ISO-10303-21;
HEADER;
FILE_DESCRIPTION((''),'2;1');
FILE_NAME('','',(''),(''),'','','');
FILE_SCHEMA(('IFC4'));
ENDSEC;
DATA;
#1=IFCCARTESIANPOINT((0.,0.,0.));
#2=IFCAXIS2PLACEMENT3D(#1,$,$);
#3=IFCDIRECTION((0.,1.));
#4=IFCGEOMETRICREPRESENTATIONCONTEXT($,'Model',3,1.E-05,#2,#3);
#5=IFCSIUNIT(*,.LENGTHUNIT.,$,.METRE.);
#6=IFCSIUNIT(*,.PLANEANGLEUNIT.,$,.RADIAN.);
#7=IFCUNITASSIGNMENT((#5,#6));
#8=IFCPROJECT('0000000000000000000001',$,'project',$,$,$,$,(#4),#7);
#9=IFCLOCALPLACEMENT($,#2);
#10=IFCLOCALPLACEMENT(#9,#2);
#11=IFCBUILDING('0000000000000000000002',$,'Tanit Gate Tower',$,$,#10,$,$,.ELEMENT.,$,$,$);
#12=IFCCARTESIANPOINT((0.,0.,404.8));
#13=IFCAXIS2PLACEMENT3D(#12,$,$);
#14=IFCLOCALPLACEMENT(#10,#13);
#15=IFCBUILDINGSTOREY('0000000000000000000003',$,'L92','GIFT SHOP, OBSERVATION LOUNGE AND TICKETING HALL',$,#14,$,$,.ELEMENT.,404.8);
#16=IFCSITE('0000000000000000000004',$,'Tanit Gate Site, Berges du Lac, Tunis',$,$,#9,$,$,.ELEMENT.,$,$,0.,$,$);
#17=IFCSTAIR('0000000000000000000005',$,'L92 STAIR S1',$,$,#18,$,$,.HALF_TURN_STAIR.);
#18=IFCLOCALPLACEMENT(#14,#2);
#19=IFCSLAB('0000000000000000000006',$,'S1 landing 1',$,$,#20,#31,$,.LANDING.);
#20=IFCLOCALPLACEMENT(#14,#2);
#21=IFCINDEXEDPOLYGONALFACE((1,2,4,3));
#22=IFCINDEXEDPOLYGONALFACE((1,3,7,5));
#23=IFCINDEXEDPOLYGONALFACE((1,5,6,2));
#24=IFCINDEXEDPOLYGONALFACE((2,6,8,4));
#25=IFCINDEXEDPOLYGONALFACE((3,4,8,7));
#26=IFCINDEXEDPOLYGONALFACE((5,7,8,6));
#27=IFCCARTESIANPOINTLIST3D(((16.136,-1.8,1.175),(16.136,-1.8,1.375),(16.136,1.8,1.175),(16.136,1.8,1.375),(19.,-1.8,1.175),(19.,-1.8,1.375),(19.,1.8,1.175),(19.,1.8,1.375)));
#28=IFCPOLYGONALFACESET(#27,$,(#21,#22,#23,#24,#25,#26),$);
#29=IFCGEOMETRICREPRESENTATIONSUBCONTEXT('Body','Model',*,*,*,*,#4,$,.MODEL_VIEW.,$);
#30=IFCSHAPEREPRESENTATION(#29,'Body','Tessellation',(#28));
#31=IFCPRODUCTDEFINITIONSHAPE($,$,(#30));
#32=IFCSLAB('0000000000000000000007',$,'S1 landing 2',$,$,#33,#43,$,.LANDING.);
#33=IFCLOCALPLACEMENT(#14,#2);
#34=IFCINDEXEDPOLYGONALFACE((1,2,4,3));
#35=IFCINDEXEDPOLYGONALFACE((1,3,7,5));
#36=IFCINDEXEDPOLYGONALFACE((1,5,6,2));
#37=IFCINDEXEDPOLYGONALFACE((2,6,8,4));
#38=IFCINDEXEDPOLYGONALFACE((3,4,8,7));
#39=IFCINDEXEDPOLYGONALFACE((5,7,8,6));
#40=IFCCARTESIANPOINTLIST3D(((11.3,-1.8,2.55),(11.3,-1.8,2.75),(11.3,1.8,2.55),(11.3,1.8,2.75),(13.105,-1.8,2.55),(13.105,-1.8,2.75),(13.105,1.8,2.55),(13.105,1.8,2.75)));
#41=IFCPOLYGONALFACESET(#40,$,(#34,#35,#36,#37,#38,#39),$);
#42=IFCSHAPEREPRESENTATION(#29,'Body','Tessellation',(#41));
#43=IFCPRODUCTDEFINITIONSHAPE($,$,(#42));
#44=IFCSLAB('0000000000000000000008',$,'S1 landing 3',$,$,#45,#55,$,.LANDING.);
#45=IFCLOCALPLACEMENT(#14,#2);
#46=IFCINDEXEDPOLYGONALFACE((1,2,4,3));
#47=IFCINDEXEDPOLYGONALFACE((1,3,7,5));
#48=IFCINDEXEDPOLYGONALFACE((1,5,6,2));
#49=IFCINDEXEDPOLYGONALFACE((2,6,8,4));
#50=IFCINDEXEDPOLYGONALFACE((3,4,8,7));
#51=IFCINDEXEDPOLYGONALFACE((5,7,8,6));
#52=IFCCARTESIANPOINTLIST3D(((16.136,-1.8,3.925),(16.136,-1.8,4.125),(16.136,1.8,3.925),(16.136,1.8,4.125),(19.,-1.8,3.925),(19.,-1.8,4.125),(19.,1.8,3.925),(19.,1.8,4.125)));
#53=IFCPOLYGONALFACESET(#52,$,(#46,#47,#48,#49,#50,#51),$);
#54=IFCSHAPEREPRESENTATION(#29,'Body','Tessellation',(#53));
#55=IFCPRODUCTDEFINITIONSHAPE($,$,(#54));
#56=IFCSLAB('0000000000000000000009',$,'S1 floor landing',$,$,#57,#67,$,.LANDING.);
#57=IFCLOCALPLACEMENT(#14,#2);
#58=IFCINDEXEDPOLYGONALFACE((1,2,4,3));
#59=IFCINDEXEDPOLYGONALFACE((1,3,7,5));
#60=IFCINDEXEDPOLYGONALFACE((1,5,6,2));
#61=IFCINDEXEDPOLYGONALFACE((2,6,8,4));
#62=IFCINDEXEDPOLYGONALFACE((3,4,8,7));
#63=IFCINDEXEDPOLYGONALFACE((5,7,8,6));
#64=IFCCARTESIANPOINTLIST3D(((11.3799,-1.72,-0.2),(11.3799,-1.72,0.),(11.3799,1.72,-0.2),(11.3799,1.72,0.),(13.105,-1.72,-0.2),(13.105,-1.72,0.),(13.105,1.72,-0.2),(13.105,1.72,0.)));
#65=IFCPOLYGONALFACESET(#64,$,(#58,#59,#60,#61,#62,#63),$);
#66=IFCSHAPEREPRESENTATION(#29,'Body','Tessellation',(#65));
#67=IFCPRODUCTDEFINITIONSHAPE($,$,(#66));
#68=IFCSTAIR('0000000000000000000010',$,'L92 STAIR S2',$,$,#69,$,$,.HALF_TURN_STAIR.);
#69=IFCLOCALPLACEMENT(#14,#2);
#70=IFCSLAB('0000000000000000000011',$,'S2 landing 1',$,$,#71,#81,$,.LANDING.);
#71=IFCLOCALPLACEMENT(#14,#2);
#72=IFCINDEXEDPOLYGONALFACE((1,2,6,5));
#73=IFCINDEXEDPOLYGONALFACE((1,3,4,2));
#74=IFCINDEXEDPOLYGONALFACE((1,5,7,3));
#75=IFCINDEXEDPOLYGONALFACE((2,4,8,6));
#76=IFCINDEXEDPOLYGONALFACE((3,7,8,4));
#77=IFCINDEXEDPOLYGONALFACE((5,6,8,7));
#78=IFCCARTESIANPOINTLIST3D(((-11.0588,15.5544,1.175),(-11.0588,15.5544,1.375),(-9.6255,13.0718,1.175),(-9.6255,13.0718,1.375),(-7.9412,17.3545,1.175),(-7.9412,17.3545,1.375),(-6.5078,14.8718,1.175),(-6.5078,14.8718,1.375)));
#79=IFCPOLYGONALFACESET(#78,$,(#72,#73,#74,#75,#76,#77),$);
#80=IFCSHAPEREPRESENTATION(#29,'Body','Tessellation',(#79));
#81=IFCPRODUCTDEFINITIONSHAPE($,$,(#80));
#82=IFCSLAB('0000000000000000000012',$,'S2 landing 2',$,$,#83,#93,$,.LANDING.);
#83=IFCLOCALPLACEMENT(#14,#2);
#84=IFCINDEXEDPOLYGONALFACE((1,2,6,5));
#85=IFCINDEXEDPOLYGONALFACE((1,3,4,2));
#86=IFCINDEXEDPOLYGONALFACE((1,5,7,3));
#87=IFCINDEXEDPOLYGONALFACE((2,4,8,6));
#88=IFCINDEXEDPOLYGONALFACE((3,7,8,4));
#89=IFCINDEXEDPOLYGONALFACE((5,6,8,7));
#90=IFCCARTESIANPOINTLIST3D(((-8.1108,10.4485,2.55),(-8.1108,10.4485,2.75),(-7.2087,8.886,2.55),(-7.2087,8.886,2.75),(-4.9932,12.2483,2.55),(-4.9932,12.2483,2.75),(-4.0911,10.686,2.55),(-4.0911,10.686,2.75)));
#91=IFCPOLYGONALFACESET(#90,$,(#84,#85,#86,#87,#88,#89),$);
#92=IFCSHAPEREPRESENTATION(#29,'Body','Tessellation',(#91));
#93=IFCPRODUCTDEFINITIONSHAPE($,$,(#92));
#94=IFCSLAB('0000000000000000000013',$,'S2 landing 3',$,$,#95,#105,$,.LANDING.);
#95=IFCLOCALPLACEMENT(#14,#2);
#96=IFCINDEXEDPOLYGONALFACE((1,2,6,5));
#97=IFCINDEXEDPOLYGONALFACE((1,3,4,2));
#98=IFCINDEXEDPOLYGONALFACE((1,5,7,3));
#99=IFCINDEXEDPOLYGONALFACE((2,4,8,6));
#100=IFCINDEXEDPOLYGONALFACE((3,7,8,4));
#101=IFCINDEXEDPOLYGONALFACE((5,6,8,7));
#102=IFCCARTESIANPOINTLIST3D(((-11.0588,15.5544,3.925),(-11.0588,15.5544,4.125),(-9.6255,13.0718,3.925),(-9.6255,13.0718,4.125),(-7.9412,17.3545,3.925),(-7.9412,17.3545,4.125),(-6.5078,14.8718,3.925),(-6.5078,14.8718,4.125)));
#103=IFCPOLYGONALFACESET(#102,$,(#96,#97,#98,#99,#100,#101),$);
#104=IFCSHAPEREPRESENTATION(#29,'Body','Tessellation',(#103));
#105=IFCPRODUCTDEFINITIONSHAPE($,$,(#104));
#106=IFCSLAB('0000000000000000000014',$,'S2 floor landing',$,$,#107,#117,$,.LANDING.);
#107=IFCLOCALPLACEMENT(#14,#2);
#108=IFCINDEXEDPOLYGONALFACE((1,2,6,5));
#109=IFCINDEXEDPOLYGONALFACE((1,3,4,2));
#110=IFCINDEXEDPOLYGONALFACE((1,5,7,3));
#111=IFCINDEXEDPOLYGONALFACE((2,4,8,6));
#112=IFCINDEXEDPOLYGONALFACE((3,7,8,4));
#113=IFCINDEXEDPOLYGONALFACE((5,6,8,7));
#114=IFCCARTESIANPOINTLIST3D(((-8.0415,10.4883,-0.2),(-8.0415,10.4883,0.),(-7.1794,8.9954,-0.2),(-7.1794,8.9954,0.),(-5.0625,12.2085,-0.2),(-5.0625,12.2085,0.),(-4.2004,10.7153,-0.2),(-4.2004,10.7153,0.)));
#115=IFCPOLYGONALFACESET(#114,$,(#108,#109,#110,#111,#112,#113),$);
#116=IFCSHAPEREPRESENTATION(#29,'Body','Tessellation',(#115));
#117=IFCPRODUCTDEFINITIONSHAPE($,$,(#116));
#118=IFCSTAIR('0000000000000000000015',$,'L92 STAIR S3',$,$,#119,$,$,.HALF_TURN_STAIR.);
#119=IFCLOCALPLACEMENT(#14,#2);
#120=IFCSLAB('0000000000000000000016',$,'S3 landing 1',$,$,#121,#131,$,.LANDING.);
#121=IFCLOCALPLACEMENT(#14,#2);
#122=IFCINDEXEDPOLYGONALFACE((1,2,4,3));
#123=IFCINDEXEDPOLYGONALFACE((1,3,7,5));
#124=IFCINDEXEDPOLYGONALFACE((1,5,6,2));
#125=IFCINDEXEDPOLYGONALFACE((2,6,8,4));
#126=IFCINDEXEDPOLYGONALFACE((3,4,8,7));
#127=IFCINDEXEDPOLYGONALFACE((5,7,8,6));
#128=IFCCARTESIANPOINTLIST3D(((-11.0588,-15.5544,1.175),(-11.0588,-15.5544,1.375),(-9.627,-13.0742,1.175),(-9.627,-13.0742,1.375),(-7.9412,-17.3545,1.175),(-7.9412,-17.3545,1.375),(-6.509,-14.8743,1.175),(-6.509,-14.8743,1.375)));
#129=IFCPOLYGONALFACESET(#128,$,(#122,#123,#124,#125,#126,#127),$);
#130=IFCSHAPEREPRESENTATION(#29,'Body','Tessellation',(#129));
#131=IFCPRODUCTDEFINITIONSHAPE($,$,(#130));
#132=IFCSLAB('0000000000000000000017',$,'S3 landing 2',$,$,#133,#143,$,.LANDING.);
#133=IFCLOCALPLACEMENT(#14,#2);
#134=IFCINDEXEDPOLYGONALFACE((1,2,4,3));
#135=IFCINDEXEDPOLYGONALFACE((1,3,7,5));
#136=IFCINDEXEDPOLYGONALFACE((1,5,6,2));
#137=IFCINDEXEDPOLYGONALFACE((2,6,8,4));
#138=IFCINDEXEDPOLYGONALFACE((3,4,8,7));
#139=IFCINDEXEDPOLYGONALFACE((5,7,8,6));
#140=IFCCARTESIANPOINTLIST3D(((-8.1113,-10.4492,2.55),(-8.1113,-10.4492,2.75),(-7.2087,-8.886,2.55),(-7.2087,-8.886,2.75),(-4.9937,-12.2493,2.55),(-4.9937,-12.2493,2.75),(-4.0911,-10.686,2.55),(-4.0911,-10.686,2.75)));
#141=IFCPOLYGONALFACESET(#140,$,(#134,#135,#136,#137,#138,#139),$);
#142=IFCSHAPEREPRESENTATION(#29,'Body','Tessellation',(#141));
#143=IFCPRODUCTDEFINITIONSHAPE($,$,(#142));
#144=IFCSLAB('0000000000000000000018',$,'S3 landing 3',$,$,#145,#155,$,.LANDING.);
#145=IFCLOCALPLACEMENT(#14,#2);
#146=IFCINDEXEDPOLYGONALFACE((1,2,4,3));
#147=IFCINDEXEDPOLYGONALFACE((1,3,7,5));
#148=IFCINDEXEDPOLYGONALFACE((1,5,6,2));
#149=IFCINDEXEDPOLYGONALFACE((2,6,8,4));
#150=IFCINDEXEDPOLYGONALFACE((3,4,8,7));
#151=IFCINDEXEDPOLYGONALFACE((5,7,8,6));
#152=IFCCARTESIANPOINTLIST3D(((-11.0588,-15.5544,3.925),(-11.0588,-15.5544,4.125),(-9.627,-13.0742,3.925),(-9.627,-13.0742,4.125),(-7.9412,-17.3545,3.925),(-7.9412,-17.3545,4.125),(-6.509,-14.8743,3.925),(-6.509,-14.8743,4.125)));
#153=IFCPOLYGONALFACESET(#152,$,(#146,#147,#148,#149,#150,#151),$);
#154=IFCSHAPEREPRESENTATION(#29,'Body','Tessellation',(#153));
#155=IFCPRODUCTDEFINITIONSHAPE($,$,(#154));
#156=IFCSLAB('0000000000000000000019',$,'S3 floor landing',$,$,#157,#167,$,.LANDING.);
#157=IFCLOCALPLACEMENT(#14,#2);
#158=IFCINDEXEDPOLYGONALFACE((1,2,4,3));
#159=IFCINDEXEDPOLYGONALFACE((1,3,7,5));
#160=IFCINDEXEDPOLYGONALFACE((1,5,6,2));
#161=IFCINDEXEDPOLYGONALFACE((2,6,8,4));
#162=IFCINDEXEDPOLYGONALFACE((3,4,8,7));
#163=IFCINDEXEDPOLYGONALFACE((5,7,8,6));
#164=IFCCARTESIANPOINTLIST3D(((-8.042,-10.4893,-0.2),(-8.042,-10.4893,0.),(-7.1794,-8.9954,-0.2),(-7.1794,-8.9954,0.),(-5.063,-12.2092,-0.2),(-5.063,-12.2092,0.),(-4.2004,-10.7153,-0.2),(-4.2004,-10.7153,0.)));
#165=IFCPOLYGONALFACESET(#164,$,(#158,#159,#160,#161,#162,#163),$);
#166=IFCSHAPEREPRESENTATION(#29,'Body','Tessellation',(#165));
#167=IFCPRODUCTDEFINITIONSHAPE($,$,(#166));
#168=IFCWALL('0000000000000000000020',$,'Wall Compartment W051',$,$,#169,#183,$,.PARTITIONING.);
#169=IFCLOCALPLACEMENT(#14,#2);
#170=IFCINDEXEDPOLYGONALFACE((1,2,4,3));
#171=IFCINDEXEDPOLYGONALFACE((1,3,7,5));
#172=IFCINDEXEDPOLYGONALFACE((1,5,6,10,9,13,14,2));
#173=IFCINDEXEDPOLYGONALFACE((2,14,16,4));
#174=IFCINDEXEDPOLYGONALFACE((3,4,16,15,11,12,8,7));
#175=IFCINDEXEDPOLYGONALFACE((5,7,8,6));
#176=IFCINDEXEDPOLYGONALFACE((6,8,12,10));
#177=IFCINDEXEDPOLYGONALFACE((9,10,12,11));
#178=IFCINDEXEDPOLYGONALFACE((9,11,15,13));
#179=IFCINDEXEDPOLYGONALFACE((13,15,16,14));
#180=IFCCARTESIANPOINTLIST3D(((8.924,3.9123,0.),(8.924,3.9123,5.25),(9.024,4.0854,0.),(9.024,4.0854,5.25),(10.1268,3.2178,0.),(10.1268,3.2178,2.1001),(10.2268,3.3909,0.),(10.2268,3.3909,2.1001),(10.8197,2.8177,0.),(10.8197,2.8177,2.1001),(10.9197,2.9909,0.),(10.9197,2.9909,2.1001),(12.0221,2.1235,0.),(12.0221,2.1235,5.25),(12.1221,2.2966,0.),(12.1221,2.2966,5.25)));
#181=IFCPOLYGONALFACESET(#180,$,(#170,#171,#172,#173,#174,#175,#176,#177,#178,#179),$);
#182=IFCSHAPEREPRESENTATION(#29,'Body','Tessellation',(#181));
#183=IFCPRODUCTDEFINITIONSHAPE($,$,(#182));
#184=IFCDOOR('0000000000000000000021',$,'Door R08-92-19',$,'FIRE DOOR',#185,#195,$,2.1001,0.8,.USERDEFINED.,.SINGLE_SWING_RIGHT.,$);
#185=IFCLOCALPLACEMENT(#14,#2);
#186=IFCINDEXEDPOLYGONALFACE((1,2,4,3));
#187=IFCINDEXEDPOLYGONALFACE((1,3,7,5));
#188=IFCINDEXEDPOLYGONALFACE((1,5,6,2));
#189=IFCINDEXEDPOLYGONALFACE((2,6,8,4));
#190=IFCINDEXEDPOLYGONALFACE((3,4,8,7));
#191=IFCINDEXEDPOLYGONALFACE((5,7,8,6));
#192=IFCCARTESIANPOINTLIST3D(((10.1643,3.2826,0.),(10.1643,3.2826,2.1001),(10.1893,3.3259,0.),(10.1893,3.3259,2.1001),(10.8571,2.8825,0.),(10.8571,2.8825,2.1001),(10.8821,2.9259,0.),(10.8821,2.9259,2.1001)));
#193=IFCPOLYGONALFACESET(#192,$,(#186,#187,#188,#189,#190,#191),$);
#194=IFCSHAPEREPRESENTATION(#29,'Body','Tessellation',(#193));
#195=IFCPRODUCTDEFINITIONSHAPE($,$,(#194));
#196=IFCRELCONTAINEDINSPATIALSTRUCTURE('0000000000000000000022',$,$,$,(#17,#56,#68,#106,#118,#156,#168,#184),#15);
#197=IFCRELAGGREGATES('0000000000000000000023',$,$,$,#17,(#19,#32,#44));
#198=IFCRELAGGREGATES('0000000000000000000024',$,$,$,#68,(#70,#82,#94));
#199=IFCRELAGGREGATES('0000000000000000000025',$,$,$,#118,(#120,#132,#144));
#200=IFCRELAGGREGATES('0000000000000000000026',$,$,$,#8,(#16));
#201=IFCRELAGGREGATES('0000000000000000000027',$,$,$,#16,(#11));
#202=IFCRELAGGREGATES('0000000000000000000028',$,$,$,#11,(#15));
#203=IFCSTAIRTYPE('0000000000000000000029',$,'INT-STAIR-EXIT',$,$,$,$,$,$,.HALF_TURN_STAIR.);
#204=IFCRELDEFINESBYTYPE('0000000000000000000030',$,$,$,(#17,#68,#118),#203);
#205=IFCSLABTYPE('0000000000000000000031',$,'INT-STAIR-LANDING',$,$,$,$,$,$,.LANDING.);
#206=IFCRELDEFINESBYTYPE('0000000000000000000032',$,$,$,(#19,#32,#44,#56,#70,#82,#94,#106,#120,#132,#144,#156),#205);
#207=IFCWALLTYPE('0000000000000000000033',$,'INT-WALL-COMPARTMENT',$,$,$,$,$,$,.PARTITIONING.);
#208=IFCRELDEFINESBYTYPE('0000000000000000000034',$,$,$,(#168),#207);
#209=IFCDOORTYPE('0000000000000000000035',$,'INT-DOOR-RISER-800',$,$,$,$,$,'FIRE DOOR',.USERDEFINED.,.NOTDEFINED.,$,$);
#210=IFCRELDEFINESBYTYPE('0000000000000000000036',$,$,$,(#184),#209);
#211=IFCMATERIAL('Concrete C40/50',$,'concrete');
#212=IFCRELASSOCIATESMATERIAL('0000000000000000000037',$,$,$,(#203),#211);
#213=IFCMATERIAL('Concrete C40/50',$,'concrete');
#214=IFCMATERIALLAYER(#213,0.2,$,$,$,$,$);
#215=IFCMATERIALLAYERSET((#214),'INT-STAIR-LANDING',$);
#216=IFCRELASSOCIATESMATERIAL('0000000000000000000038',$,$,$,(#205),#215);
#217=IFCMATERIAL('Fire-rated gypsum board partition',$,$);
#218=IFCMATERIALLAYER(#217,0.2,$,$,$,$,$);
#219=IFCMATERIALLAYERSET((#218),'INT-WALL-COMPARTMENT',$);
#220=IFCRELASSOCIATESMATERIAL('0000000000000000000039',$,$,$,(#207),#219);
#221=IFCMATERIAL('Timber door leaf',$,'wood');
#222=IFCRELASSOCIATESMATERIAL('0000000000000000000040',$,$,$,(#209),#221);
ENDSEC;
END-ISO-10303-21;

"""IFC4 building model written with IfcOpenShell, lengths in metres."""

from ifc_helpers import new_model, si_unit, direction, frame, frame_2d, origin, place, context, subcontext, project, spatial, polyline, rectangle, outline, extrude, material, layer, layer_set, type_object, element, fill, aggregate, save


model = new_model("IFC4")

# Units and contexts
model_context = context("Model", 3, precision=1e-05, world=origin(), true_north=direction((0.0, 1.0)))
body_context = subcontext(model_context, "Body", "Model", "MODEL_VIEW")
ifc_project = project(units=[si_unit("LENGTHUNIT", "METRE"), si_unit("PLANEANGLEUNIT", "RADIAN")], contexts=[model_context])

# Site, building, storey
site_placement = place(None, origin())
site = spatial("IfcSite", under=ifc_project, at=site_placement, Name="Tanit Gate Site, Berges du Lac, Tunis", CompositionType="ELEMENT", RefElevation=0.0)
building_placement = place(site_placement, origin())
building = spatial("IfcBuilding", under=site, at=building_placement, Name="Tanit Gate Tower", CompositionType="ELEMENT")
storey_placement = place(building_placement, frame((0.0, 0.0, 404.8)))
storey = spatial("IfcBuildingStorey", under=building, at=storey_placement, Name="L92", Description="GIFT SHOP, OBSERVATION LOUNGE AND TICKETING HALL", CompositionType="ELEMENT", Elevation=404.8)

# Stair, slabs
ifc_material_1 = material(Name="Concrete C40/50", Category="concrete")
stair_type = type_object("IfcStairType", Name="INT-STAIR-EXIT", PredefinedType="HALF_TURN_STAIR", material=ifc_material_1)
stair_1_placement = place(storey_placement, origin())
stair_1 = element("IfcStair", 1, at=stair_1_placement, inside=storey, type_object=stair_type, Name="L92 STAIR S1", PredefinedType="HALF_TURN_STAIR")
ifc_material_2 = material(Name="Concrete C40/50", Category="concrete")
ifc_layer_1 = layer(ifc_material_2, 0.2)
ifc_layer_set_1 = layer_set([ifc_layer_1], Name="INT-STAIR-LANDING")
slab_type = type_object("IfcSlabType", Name="INT-STAIR-LANDING", PredefinedType="LANDING", material=ifc_layer_set_1)
slab_1_placement = place(storey_placement, frame((0.0, 0.0, 1.175)))
slab_1 = element("IfcSlab", 2, at=slab_1_placement, type_object=slab_type, Name="S1 landing 1", PredefinedType="LANDING", context=body_context, shape_type="SweptSolid", body=[
    extrude(outline(polyline([(16.136, -1.8), (19.0, -1.8), (19.0, 1.8), (16.136, 1.8), (16.136, -1.8)])), origin(), (0.0, 0.0, 1.0), 0.2),
])
slab_2_placement = place(storey_placement, frame((0.0, 0.0, 2.55)))
slab_2 = element("IfcSlab", 3, at=slab_2_placement, type_object=slab_type, Name="S1 landing 2", PredefinedType="LANDING", context=body_context, shape_type="SweptSolid", body=[
    extrude(outline(polyline([(11.3, -1.8), (13.105, -1.8), (13.105, 1.8), (11.3, 1.8), (11.3, -1.8)])), origin(), (0.0, 0.0, 1.0), 0.2),
])
slab_3_placement = place(storey_placement, frame((0.0, 0.0, 3.925)))
slab_3 = element("IfcSlab", 4, at=slab_3_placement, type_object=slab_type, Name="S1 landing 3", PredefinedType="LANDING", context=body_context, shape_type="SweptSolid", body=[
    extrude(outline(polyline([(16.136, -1.8), (19.0, -1.8), (19.0, 1.8), (16.136, 1.8), (16.136, -1.8)])), origin(), (0.0, 0.0, 1.0), 0.2),
])
aggregate(stair_1, [slab_1, slab_2, slab_3])

# Slab
slab_4_placement = place(storey_placement, frame((0.0, 0.0, -0.2)))
element("IfcSlab", 5, at=slab_4_placement, inside=storey, type_object=slab_type, Name="S1 floor landing", PredefinedType="LANDING", context=body_context, shape_type="SweptSolid", body=[
    extrude(outline(polyline([(11.3799, -1.72), (13.105, -1.72), (13.105, 1.72), (11.3799, 1.72), (11.3799, -1.72)])), origin(), (0.0, 0.0, 1.0), 0.2),
])

# Stair, slabs
stair_2_placement = place(storey_placement, origin())
stair_2 = element("IfcStair", 6, at=stair_2_placement, inside=storey, type_object=stair_type, Name="L92 STAIR S2", PredefinedType="HALF_TURN_STAIR")
slab_5_placement = place(storey_placement, frame((0.0, 0.0, 1.175)))
slab_5 = element("IfcSlab", 7, at=slab_5_placement, type_object=slab_type, Name="S2 landing 1", PredefinedType="LANDING", context=body_context, shape_type="SweptSolid", body=[
    extrude(outline(polyline([(-6.5078, 14.8718), (-7.9412, 17.3545), (-11.0588, 15.5544), (-9.6255, 13.0718), (-6.5078, 14.8718)])), origin(), (0.0, 0.0, 1.0), 0.2),
])
slab_6_placement = place(storey_placement, frame((0.0, 0.0, 2.55)))
slab_6 = element("IfcSlab", 8, at=slab_6_placement, type_object=slab_type, Name="S2 landing 2", PredefinedType="LANDING", context=body_context, shape_type="SweptSolid", body=[
    extrude(outline(polyline([(-4.0911, 10.686), (-4.9932, 12.2483), (-8.1108, 10.4485), (-7.2087, 8.886), (-4.0911, 10.686)])), origin(), (0.0, 0.0, 1.0), 0.2),
])
slab_7_placement = place(storey_placement, frame((0.0, 0.0, 3.925)))
slab_7 = element("IfcSlab", 9, at=slab_7_placement, type_object=slab_type, Name="S2 landing 3", PredefinedType="LANDING", context=body_context, shape_type="SweptSolid", body=[
    extrude(outline(polyline([(-6.5078, 14.8718), (-7.9412, 17.3545), (-11.0588, 15.5544), (-9.6255, 13.0718), (-6.5078, 14.8718)])), origin(), (0.0, 0.0, 1.0), 0.2),
])
aggregate(stair_2, [slab_5, slab_6, slab_7])

# Slab
slab_8_placement = place(storey_placement, frame((0.0, 0.0, -0.2)))
element("IfcSlab", 10, at=slab_8_placement, inside=storey, type_object=slab_type, Name="S2 floor landing", PredefinedType="LANDING", context=body_context, shape_type="SweptSolid", body=[
    extrude(outline(polyline([(-4.2004, 10.7153), (-5.0625, 12.2085), (-8.0415, 10.4883), (-7.1794, 8.9954), (-4.2004, 10.7153)])), origin(), (0.0, 0.0, 1.0), 0.2),
])

# Stair, slabs
stair_3_placement = place(storey_placement, origin())
stair_3 = element("IfcStair", 11, at=stair_3_placement, inside=storey, type_object=stair_type, Name="L92 STAIR S3", PredefinedType="HALF_TURN_STAIR")
slab_9_placement = place(storey_placement, frame((0.0, 0.0, 1.175)))
slab_9 = element("IfcSlab", 12, at=slab_9_placement, type_object=slab_type, Name="S3 landing 1", PredefinedType="LANDING", context=body_context, shape_type="SweptSolid", body=[
    extrude(outline(polyline([(-9.627, -13.0742), (-11.0588, -15.5544), (-7.9412, -17.3545), (-6.509, -14.8743), (-9.627, -13.0742)])), origin(), (0.0, 0.0, 1.0), 0.2),
])
slab_10_placement = place(storey_placement, frame((0.0, 0.0, 2.55)))
slab_10 = element("IfcSlab", 13, at=slab_10_placement, type_object=slab_type, Name="S3 landing 2", PredefinedType="LANDING", context=body_context, shape_type="SweptSolid", body=[
    extrude(outline(polyline([(-7.2087, -8.886), (-8.1113, -10.4492), (-4.9937, -12.2493), (-4.0911, -10.686), (-7.2087, -8.886)])), origin(), (0.0, 0.0, 1.0), 0.2),
])
slab_11_placement = place(storey_placement, frame((0.0, 0.0, 3.925)))
slab_11 = element("IfcSlab", 14, at=slab_11_placement, type_object=slab_type, Name="S3 landing 3", PredefinedType="LANDING", context=body_context, shape_type="SweptSolid", body=[
    extrude(outline(polyline([(-9.627, -13.0742), (-11.0588, -15.5544), (-7.9412, -17.3545), (-6.509, -14.8743), (-9.627, -13.0742)])), origin(), (0.0, 0.0, 1.0), 0.2),
])
aggregate(stair_3, [slab_9, slab_10, slab_11])

# Slab
slab_12_placement = place(storey_placement, frame((0.0, 0.0, -0.2)))
element("IfcSlab", 15, at=slab_12_placement, inside=storey, type_object=slab_type, Name="S3 floor landing", PredefinedType="LANDING", context=body_context, shape_type="SweptSolid", body=[
    extrude(outline(polyline([(-7.1794, -8.9954), (-8.042, -10.4893), (-5.063, -12.2092), (-4.2004, -10.7153), (-7.1794, -8.9954)])), origin(), (0.0, 0.0, 1.0), 0.2),
])

# Wall, opening, door
ifc_material_3 = material(Name="Fire-rated gypsum board partition")
ifc_layer_2 = layer(ifc_material_3, 0.2)
ifc_layer_set_2 = layer_set([ifc_layer_2], Name="INT-WALL-COMPARTMENT")
wall_type_1 = type_object("IfcWallType", Name="INT-WALL-COMPARTMENT", PredefinedType="PARTITIONING", material=ifc_layer_set_2)
wall_1_placement = place(storey_placement, frame((8.9741, 3.9988, 0.0), z_axis=(0.0, 0.0, 1.0), x_axis=(0.866013, -0.500022, 0.0)))
wall_1 = element("IfcWall", 16, at=wall_1_placement, inside=storey, type_object=wall_type_1, Name="Wall Compartment W051", PredefinedType="PARTITIONING", context=body_context, shape_type="SweptSolid", body=[
    extrude(rectangle(XDim=3.5774, YDim=0.2, at=frame_2d((1.7886, 0.0))), origin(), (0.0, 0.0, 1.0), 5.25),
])
opening_1_placement = place(wall_1_placement, frame((1.3889, 0.0, 0.0)))
opening_1 = element("IfcOpeningElement", 17, at=opening_1_placement, cuts=wall_1, PredefinedType="OPENING", context=body_context, shape_type="SweptSolid", body=[
    extrude(rectangle(XDim=0.8, YDim=2.1001, at=frame_2d((0.3999, 1.05))), frame((0.0, 0.1099, 0.0), z_axis=(0.0, -1.0, 0.0), x_axis=(1.0, 0.0, 0.0)), (0.0, 0.0, 1.0), 0.22),
])
ifc_material_4 = material(Name="Timber door leaf", Category="wood")
door_type_1 = type_object("IfcDoorType", Name="INT-DOOR-RISER-800", ElementType="FIRE DOOR", OperationType="NOTDEFINED", PredefinedType="USERDEFINED", material=ifc_material_4)
door_1_placement = place(opening_1_placement, origin())
door_1 = element("IfcDoor", 18, at=door_1_placement, inside=storey, type_object=door_type_1, Name="Door R08-92-19", ObjectType="FIRE DOOR", OperationType="SINGLE_SWING_RIGHT", OverallHeight=2.1001, OverallWidth=0.8, PredefinedType="USERDEFINED", context=body_context, shape_type="SweptSolid", body=[
    extrude(rectangle(XDim=0.8, YDim=2.1001, at=frame_2d((0.3999, 1.05))), frame((0.0, 0.0249, 0.0), z_axis=(0.0, -1.0, 0.0), x_axis=(1.0, 0.0, 0.0)), (0.0, 0.0, 1.0), 0.05),
])
fill(opening_1, door_1)

save(model, "model.ifc")
